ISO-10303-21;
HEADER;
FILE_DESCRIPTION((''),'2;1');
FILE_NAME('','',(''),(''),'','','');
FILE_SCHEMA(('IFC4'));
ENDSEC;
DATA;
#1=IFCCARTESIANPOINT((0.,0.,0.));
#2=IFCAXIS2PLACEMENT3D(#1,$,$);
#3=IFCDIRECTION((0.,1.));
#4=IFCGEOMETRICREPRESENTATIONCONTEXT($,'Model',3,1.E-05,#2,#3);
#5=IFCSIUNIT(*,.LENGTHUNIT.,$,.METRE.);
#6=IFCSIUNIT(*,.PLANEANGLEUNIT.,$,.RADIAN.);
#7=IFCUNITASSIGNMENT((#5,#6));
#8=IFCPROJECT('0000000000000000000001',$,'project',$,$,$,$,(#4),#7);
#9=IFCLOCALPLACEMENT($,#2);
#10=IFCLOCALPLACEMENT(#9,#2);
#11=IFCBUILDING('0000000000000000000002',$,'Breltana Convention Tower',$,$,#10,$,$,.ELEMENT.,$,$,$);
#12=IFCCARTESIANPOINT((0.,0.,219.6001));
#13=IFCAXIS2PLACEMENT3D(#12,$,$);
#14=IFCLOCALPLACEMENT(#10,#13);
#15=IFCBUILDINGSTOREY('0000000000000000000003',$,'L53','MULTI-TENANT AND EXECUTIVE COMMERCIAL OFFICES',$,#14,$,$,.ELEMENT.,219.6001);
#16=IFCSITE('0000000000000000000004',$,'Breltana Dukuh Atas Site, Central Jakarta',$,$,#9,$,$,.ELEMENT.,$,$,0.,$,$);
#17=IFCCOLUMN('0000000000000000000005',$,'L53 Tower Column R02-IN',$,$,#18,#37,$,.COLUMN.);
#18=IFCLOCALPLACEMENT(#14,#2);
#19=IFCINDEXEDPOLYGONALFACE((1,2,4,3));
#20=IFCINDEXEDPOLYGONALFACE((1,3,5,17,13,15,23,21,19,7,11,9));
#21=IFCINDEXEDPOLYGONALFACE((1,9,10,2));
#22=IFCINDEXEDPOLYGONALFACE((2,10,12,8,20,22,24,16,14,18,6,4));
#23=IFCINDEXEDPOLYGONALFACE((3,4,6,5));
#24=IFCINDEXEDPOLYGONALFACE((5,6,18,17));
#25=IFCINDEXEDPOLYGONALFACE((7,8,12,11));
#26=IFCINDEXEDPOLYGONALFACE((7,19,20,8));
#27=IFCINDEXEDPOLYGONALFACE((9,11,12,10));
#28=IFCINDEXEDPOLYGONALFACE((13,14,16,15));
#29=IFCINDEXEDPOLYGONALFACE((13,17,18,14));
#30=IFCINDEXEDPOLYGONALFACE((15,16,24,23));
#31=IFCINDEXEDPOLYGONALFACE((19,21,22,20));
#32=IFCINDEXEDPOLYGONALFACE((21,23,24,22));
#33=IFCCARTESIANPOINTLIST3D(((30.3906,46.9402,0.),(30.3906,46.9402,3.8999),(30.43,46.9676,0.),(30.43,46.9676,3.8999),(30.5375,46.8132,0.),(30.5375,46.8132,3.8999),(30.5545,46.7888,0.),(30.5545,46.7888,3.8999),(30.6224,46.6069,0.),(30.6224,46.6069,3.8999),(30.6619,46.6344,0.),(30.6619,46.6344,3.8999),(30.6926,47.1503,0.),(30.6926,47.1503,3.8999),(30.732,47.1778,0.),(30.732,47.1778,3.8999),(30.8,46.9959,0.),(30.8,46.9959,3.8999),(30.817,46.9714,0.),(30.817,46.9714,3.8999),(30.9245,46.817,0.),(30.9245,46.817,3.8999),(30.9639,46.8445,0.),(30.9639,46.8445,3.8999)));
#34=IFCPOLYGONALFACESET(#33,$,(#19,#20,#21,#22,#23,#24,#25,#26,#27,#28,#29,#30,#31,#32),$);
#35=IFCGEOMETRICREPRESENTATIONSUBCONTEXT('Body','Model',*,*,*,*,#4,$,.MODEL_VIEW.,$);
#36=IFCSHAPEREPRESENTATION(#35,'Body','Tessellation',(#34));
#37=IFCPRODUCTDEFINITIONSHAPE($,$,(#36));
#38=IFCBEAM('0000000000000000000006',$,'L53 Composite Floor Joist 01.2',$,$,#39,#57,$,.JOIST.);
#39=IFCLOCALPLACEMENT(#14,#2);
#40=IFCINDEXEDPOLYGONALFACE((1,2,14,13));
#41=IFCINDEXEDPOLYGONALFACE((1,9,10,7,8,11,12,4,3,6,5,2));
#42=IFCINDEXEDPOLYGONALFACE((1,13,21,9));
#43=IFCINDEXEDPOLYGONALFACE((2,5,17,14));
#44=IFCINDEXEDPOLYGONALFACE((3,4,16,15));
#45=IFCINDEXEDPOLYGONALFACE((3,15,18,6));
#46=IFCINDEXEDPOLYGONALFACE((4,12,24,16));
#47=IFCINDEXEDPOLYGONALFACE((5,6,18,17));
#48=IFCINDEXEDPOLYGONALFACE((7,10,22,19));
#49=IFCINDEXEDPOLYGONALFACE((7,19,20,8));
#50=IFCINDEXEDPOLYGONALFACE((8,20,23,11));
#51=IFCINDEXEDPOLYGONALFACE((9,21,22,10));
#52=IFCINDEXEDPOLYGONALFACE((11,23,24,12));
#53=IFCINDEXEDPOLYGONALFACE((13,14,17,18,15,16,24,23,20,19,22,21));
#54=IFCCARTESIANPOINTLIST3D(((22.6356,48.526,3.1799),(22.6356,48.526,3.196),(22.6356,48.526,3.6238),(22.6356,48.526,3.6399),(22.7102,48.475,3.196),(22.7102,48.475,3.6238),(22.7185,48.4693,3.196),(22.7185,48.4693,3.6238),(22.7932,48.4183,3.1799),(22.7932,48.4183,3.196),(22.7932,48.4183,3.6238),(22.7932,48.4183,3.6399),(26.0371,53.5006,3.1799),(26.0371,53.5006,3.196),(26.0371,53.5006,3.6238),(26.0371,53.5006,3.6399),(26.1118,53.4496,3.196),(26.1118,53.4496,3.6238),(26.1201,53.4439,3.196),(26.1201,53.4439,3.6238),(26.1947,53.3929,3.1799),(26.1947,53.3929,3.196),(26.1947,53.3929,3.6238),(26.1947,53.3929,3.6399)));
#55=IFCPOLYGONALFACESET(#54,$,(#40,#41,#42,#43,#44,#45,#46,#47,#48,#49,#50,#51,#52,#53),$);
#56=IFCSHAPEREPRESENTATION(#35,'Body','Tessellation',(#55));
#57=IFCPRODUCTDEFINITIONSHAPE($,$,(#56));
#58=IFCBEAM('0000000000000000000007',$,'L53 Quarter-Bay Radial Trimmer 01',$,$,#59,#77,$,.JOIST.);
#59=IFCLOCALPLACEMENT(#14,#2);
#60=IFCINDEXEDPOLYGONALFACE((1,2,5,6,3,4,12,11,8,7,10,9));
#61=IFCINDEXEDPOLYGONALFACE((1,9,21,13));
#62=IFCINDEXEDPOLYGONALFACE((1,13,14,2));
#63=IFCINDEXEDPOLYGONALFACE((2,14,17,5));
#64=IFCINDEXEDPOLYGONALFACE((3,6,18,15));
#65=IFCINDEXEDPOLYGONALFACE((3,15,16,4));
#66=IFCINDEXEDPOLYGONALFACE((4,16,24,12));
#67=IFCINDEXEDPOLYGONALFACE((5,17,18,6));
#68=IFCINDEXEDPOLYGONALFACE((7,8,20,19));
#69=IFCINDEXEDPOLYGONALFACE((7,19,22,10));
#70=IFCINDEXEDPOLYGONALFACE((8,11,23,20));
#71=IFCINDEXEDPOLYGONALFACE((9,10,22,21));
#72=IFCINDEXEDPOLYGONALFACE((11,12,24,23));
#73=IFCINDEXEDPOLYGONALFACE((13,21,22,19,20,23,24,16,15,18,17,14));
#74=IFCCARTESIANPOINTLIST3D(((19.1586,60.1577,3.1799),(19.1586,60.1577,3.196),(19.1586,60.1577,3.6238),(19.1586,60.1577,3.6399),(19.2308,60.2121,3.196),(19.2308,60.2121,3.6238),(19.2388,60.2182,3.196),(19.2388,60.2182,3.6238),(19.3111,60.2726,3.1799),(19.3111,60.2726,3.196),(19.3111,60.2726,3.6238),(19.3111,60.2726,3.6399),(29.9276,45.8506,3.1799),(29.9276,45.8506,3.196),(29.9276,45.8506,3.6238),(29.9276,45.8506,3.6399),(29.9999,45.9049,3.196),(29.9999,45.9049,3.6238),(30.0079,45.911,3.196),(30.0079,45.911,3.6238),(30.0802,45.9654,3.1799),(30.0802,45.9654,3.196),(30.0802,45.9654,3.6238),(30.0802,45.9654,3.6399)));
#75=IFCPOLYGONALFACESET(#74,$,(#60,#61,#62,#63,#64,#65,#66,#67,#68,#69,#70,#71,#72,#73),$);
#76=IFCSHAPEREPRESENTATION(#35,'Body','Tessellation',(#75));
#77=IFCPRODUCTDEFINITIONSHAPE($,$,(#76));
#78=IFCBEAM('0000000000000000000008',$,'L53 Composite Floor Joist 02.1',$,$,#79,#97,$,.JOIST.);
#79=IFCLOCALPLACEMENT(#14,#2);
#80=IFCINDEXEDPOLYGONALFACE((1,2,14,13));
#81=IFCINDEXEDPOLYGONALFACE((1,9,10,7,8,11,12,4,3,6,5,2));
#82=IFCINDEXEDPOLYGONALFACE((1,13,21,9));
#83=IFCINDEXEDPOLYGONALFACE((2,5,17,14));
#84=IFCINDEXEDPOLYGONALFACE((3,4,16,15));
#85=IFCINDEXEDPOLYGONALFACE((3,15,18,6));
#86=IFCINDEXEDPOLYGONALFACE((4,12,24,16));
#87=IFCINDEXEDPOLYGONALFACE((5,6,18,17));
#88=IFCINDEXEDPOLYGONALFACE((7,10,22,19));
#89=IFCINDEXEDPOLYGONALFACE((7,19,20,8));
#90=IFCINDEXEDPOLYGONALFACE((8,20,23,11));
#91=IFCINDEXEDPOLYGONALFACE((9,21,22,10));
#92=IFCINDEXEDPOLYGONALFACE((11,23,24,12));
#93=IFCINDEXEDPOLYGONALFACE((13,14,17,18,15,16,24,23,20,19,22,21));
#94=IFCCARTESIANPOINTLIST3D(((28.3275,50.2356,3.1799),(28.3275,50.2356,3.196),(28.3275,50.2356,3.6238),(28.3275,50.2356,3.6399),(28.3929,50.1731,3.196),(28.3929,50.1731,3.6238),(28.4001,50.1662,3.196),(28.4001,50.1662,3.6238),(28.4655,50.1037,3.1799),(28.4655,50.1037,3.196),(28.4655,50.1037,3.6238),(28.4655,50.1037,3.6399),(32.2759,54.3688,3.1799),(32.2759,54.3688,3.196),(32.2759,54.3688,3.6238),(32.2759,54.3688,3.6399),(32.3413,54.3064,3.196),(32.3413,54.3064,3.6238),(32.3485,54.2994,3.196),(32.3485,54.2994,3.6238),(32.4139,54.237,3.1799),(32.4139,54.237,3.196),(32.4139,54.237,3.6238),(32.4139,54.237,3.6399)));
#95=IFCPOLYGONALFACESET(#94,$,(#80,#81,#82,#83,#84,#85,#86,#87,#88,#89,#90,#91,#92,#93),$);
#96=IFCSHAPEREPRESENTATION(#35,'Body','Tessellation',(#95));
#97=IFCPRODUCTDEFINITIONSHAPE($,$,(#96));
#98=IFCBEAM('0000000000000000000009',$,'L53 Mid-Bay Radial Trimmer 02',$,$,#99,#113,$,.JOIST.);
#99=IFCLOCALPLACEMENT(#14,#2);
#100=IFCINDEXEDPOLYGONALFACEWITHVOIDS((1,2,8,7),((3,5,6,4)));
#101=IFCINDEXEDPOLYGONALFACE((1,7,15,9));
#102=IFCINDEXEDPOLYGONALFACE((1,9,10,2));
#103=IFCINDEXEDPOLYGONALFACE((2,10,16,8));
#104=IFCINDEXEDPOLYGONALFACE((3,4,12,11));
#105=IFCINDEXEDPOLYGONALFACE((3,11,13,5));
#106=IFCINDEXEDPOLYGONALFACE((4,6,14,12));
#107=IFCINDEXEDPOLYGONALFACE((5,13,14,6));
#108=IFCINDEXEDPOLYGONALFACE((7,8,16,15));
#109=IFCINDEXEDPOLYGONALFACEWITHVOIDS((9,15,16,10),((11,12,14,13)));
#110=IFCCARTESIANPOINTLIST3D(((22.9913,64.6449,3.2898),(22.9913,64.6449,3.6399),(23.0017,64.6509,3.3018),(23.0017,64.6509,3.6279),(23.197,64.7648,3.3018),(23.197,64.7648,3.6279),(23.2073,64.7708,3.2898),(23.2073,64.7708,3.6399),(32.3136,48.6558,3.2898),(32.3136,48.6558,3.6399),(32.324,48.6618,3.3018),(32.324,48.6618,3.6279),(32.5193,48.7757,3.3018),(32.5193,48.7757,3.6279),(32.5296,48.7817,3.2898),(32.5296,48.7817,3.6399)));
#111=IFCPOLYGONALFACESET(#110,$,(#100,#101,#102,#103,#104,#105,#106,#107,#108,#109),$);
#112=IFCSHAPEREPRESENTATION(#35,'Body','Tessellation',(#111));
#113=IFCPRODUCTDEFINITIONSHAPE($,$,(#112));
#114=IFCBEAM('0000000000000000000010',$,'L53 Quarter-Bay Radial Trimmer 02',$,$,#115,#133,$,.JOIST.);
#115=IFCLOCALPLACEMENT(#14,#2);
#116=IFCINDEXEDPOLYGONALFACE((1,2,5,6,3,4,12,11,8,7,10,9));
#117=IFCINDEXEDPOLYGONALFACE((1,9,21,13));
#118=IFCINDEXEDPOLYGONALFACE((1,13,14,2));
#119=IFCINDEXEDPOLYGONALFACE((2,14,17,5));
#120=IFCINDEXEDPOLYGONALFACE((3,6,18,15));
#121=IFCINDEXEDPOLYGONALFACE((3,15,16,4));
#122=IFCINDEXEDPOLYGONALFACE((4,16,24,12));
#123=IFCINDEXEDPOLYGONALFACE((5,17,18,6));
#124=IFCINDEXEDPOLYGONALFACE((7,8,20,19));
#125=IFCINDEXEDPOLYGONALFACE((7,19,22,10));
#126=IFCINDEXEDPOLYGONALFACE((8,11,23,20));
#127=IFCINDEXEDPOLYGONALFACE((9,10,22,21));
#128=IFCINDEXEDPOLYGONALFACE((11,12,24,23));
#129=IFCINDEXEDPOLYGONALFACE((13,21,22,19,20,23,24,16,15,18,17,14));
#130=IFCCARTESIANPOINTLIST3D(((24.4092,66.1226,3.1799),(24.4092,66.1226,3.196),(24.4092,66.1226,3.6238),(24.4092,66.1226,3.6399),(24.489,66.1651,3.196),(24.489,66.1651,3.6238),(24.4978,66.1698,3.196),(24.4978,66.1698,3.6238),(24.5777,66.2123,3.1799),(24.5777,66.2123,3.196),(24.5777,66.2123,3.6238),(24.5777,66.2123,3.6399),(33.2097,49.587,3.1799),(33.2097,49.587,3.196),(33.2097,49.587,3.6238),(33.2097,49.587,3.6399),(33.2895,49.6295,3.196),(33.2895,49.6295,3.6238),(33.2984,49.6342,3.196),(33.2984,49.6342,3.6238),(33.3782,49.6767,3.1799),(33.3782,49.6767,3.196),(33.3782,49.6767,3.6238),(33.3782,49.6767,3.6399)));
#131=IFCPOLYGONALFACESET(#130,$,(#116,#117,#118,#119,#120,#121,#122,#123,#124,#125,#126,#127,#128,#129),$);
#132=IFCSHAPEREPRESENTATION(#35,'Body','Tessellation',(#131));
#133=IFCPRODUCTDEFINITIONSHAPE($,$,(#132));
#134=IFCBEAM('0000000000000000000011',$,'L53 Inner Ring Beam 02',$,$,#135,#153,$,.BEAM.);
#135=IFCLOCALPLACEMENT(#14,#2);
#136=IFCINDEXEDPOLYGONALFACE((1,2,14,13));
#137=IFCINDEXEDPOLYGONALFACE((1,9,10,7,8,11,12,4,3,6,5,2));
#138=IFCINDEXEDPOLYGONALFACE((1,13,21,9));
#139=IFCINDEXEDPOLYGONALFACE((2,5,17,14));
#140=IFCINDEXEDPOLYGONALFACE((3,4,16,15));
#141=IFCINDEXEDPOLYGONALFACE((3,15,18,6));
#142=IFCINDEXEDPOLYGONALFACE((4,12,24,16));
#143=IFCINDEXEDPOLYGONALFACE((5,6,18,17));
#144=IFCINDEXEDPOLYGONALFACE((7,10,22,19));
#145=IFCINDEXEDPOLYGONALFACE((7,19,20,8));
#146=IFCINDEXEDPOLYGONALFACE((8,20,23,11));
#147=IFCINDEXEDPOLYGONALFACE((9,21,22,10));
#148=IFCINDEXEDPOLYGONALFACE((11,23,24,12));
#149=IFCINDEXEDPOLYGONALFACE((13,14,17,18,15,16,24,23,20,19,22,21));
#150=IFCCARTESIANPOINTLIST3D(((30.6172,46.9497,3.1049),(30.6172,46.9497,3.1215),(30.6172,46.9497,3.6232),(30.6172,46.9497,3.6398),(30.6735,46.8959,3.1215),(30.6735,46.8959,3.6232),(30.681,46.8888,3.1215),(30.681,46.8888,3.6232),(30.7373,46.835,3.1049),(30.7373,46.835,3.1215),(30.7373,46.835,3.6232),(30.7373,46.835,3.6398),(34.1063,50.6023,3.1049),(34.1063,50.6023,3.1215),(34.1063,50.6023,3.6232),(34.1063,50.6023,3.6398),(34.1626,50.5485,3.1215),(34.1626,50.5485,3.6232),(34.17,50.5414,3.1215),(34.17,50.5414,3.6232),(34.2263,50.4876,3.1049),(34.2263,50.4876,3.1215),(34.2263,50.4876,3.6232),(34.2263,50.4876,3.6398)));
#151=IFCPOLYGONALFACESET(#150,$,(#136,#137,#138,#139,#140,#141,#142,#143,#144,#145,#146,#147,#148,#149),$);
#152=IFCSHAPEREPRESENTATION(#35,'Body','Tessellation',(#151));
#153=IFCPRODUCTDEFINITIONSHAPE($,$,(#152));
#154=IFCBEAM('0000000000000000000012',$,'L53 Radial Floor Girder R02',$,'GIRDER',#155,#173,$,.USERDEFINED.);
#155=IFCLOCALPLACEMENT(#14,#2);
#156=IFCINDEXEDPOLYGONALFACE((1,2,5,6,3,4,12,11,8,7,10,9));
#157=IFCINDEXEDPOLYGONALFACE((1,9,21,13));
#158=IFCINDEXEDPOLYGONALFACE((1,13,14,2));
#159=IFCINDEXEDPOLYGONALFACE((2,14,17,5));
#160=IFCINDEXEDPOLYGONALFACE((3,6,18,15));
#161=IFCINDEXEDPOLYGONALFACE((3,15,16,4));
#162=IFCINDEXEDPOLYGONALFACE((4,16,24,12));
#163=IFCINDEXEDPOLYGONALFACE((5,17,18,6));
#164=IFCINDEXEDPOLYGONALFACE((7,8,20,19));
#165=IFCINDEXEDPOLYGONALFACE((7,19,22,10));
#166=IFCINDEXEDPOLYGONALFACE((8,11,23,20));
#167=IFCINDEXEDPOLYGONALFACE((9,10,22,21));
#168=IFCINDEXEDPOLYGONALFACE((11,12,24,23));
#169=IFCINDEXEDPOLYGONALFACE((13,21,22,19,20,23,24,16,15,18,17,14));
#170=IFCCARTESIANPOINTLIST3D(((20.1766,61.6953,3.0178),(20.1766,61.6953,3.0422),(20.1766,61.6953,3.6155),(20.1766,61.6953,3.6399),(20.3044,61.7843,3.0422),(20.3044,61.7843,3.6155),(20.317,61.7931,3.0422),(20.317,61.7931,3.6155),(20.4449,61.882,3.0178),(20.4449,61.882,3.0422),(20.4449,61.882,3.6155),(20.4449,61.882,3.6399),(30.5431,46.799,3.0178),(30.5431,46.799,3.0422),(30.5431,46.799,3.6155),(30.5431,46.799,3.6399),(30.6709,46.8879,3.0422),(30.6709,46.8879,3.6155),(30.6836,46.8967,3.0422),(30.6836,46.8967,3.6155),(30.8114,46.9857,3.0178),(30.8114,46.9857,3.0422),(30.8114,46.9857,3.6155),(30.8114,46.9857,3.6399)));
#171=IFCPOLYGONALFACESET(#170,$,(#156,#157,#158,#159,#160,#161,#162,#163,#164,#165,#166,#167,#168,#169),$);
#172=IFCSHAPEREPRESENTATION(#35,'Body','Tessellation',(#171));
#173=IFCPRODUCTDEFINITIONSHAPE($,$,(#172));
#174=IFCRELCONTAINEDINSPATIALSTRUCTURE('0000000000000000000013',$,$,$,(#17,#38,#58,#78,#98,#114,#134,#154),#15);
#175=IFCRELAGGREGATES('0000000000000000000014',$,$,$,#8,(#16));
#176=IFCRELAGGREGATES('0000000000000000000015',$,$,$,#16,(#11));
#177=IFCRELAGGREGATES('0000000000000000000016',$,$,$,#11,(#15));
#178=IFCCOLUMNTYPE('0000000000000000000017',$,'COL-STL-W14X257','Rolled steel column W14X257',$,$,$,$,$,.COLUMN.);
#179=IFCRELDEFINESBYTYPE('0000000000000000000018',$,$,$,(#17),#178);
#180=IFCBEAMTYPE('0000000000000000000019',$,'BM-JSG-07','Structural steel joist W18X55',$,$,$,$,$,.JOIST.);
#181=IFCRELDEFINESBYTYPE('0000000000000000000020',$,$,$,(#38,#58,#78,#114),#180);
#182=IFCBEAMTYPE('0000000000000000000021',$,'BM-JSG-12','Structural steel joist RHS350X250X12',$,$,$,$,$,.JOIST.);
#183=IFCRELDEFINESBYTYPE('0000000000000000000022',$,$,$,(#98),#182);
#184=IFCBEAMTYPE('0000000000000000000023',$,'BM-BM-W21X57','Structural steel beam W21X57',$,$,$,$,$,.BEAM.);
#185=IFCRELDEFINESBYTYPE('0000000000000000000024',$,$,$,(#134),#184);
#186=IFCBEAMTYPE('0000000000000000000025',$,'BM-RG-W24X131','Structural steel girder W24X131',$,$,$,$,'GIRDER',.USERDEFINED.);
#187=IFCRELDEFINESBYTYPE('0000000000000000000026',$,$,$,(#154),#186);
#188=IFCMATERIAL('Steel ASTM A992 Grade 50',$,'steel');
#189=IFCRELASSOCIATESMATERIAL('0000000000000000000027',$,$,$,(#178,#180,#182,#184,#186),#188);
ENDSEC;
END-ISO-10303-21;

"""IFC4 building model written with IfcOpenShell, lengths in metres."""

from ifc_helpers import new_model, si_unit, direction, frame, origin, origin_2d, place, context, subcontext, project, spatial, hollow_rectangle, i_section, extrude, source, transform, mapped, material, material_profile, profile_set, type_object, element, save


model = new_model("IFC4")

# Units and contexts
model_context = context("Model", 3, precision=1e-05, world=origin(), true_north=direction((0.0, 1.0)))
body_context = subcontext(model_context, "Body", "Model", "MODEL_VIEW")
ifc_project = project(units=[si_unit("LENGTHUNIT", "METRE"), si_unit("PLANEANGLEUNIT", "RADIAN")], contexts=[model_context])

# Site, building, storey
site_placement = place(None, origin())
site = spatial("IfcSite", under=ifc_project, at=site_placement, Name="Breltana Dukuh Atas Site, Central Jakarta", CompositionType="ELEMENT", RefElevation=0.0)
building_placement = place(site_placement, origin())
building = spatial("IfcBuilding", under=site, at=building_placement, Name="Breltana Convention Tower", CompositionType="ELEMENT")
storey_placement = place(building_placement, frame((0.0, 0.0, 219.6001)))
storey = spatial("IfcBuildingStorey", under=building, at=storey_placement, Name="L53", Description="MULTI-TENANT AND EXECUTIVE COMMERCIAL OFFICES", CompositionType="ELEMENT", Elevation=219.6001)

# Column
ifc_material_1 = material(Name="Steel ASTM A992 Grade 50", Category="steel")
ifc_material_profile_1 = material_profile(ifc_material_1, i_section(OverallWidth=0.406, OverallDepth=0.416, WebThickness=0.0298, FlangeThickness=0.0481, at=origin_2d()), Name="W14X257")
ifc_profile_set_1 = profile_set([ifc_material_profile_1], Name="Steel ASTM A992 Grade 50")
column_type = type_object("IfcColumnType", Name="COL-STL-W14X257", Description="Rolled steel column W14X257", PredefinedType="COLUMN", material=ifc_profile_set_1)
shared_shape_1 = source(origin(), body_context, "Body", "SweptSolid", [
    extrude(i_section(OverallWidth=0.406, OverallDepth=0.416, WebThickness=0.0298, FlangeThickness=0.0481, at=origin_2d()), origin(), (0.0, 0.0, 1.0), 3.8999),
])
column_placement = place(storey_placement, frame((30.6772, 46.8923, 0.0), z_axis=(0.0, 0.0, 1.0), x_axis=(-0.571143, 0.82085, 0.0)))
element("IfcColumn", 1, at=column_placement, inside=storey, type_object=column_type, Name="L53 Tower Column R02-IN", PredefinedType="COLUMN", context=body_context, shape_type="MappedRepresentation", body=[
    mapped(shared_shape_1, transform((0.0, 0.0, 0.0), scale=1.0)),
])

# Beams
ifc_material_profile_2 = material_profile(ifc_material_1, i_section(OverallWidth=0.1909, OverallDepth=0.46, WebThickness=0.01, FlangeThickness=0.0161, at=origin_2d()), Name="W18X55")
ifc_profile_set_2 = profile_set([ifc_material_profile_2], Name="Steel ASTM A992 Grade 50")
beam_type_1 = type_object("IfcBeamType", Name="BM-JSG-07", Description="Structural steel joist W18X55", PredefinedType="JOIST", material=ifc_profile_set_2)
shared_shape_2 = source(origin(), body_context, "Body", "SweptSolid", [
    extrude(i_section(OverallWidth=0.1909, OverallDepth=0.46, WebThickness=0.01, FlangeThickness=0.0161, at=origin_2d()), origin(), (0.0, 0.0, 1.0), 6.0264),
])
beam_1_placement = place(storey_placement, frame((22.7144, 48.4722, 3.4099), z_axis=(0.56445, 0.825467, 0.0), x_axis=(-0.825467, 0.56445, 0.0)))
element("IfcBeam", 2, at=beam_1_placement, inside=storey, type_object=beam_type_1, Name="L53 Composite Floor Joist 01.2", PredefinedType="JOIST", context=body_context, shape_type="MappedRepresentation", body=[
    mapped(shared_shape_2, transform((0.0, 0.0, 0.0), scale=1.0)),
])
shared_shape_3 = source(origin(), body_context, "Body", "SweptSolid", [
    extrude(i_section(OverallWidth=0.1909, OverallDepth=0.46, WebThickness=0.01, FlangeThickness=0.0161, at=origin_2d()), origin(), (0.0, 0.0, 1.0), 17.9072),
])
beam_2_placement = place(storey_placement, frame((30.0039, 45.908, 3.4099), z_axis=(-0.601382, 0.798962, 0.0), x_axis=(-0.798962, -0.601382, 0.0)))
element("IfcBeam", 3, at=beam_2_placement, inside=storey, type_object=beam_type_1, Name="L53 Quarter-Bay Radial Trimmer 01", PredefinedType="JOIST", context=body_context, shape_type="MappedRepresentation", body=[
    mapped(shared_shape_3, transform((0.0, 0.0, 0.0), scale=1.0)),
])
shared_shape_4 = source(origin(), body_context, "Body", "SweptSolid", [
    extrude(i_section(OverallWidth=0.1909, OverallDepth=0.46, WebThickness=0.01, FlangeThickness=0.0161, at=origin_2d()), origin(), (0.0, 0.0, 1.0), 5.7161),
])
beam_3_placement = place(storey_placement, frame((28.3965, 50.1697, 3.4099), z_axis=(0.690756, 0.723088, 0.0), x_axis=(-0.723088, 0.690756, 0.0)))
element("IfcBeam", 4, at=beam_3_placement, inside=storey, type_object=beam_type_1, Name="L53 Composite Floor Joist 02.1", PredefinedType="JOIST", context=body_context, shape_type="MappedRepresentation", body=[
    mapped(shared_shape_4, transform((0.0, 0.0, 0.0), scale=1.0)),
])
ifc_material_profile_3 = material_profile(ifc_material_1, hollow_rectangle(XDim=0.25, YDim=0.3501, WallThickness=0.012, at=origin_2d()), Name="RHS350X250X12")
ifc_profile_set_3 = profile_set([ifc_material_profile_3], Name="Steel ASTM A992 Grade 50")
beam_type_2 = type_object("IfcBeamType", Name="BM-JSG-12", Description="Structural steel joist RHS350X250X12", PredefinedType="JOIST", material=ifc_profile_set_3)
shared_shape_5 = source(origin(), body_context, "Body", "SweptSolid", [
    extrude(hollow_rectangle(XDim=0.25, YDim=0.3501, WallThickness=0.012, at=origin_2d()), origin(), (0.0, 0.0, 1.0), 18.5083),
])
beam_4_placement = place(storey_placement, frame((32.4216, 48.7188, 3.4648), z_axis=(-0.503683, 0.863888, 0.0), x_axis=(-0.863888, -0.503683, 0.0)))
element("IfcBeam", 5, at=beam_4_placement, inside=storey, type_object=beam_type_2, Name="L53 Mid-Bay Radial Trimmer 02", PredefinedType="JOIST", context=body_context, shape_type="MappedRepresentation", body=[
    mapped(shared_shape_5, transform((0.0, 0.0, 0.0), scale=1.0)),
])
shared_shape_6 = source(origin(), body_context, "Body", "SweptSolid", [
    extrude(i_section(OverallWidth=0.1909, OverallDepth=0.46, WebThickness=0.01, FlangeThickness=0.0161, at=origin_2d()), origin(), (0.0, 0.0, 1.0), 18.7317),
])
beam_5_placement = place(storey_placement, frame((33.2939, 49.6318, 3.4099), z_axis=(-0.46982, 0.882762, 0.0), x_axis=(-0.882762, -0.46982, 0.0)))
element("IfcBeam", 6, at=beam_5_placement, inside=storey, type_object=beam_type_1, Name="L53 Quarter-Bay Radial Trimmer 02", PredefinedType="JOIST", context=body_context, shape_type="MappedRepresentation", body=[
    mapped(shared_shape_6, transform((0.0, 0.0, 0.0), scale=1.0)),
])
ifc_material_profile_4 = material_profile(ifc_material_1, i_section(OverallWidth=0.166, OverallDepth=0.5349, WebThickness=0.0103, FlangeThickness=0.0166, at=origin_2d()), Name="W21X57")
ifc_profile_set_4 = profile_set([ifc_material_profile_4], Name="Steel ASTM A992 Grade 50")
beam_type_3 = type_object("IfcBeamType", Name="BM-BM-W21X57", Description="Structural steel beam W21X57", PredefinedType="BEAM", material=ifc_profile_set_4)
shared_shape_7 = source(origin(), body_context, "Body", "SweptSolid", [
    extrude(i_section(OverallWidth=0.166, OverallDepth=0.5349, WebThickness=0.0103, FlangeThickness=0.0166, at=origin_2d()), origin(), (0.0, 0.0, 1.0), 5.0513),
])
beam_6_placement = place(storey_placement, frame((30.6772, 46.8923, 3.3723), z_axis=(0.69073, 0.723113, 0.0), x_axis=(-0.723113, 0.69073, 0.0)))
element("IfcBeam", 7, at=beam_6_placement, inside=storey, type_object=beam_type_3, Name="L53 Inner Ring Beam 02", PredefinedType="BEAM", context=body_context, shape_type="MappedRepresentation", body=[
    mapped(shared_shape_7, transform((0.0, 0.0, 0.0), scale=1.0)),
])
ifc_material_profile_5 = material_profile(ifc_material_1, i_section(OverallWidth=0.3269, OverallDepth=0.6221, WebThickness=0.0154, FlangeThickness=0.0244, at=origin_2d()), Name="W24X131")
ifc_profile_set_5 = profile_set([ifc_material_profile_5], Name="Steel ASTM A992 Grade 50")
beam_type_4 = type_object("IfcBeamType", Name="BM-RG-W24X131", Description="Structural steel girder W24X131", ElementType="GIRDER", PredefinedType="USERDEFINED", material=ifc_profile_set_5)
shared_shape_8 = source(origin(), body_context, "Body", "SweptSolid", [
    extrude(i_section(OverallWidth=0.3269, OverallDepth=0.6221, WebThickness=0.0154, FlangeThickness=0.0244, at=origin_2d()), origin(), (0.0, 0.0, 1.0), 18.1484),
])
beam_7_placement = place(storey_placement, frame((30.6772, 46.8923, 3.3289), z_axis=(-0.571208, 0.820806, 0.0), x_axis=(-0.820806, -0.571208, 0.0)))
element("IfcBeam", 8, at=beam_7_placement, inside=storey, type_object=beam_type_4, Name="L53 Radial Floor Girder R02", ObjectType="GIRDER", PredefinedType="USERDEFINED", context=body_context, shape_type="MappedRepresentation", body=[
    mapped(shared_shape_8, transform((0.0, 0.0, 0.0), scale=1.0)),
])

save(model, "model.ifc")
